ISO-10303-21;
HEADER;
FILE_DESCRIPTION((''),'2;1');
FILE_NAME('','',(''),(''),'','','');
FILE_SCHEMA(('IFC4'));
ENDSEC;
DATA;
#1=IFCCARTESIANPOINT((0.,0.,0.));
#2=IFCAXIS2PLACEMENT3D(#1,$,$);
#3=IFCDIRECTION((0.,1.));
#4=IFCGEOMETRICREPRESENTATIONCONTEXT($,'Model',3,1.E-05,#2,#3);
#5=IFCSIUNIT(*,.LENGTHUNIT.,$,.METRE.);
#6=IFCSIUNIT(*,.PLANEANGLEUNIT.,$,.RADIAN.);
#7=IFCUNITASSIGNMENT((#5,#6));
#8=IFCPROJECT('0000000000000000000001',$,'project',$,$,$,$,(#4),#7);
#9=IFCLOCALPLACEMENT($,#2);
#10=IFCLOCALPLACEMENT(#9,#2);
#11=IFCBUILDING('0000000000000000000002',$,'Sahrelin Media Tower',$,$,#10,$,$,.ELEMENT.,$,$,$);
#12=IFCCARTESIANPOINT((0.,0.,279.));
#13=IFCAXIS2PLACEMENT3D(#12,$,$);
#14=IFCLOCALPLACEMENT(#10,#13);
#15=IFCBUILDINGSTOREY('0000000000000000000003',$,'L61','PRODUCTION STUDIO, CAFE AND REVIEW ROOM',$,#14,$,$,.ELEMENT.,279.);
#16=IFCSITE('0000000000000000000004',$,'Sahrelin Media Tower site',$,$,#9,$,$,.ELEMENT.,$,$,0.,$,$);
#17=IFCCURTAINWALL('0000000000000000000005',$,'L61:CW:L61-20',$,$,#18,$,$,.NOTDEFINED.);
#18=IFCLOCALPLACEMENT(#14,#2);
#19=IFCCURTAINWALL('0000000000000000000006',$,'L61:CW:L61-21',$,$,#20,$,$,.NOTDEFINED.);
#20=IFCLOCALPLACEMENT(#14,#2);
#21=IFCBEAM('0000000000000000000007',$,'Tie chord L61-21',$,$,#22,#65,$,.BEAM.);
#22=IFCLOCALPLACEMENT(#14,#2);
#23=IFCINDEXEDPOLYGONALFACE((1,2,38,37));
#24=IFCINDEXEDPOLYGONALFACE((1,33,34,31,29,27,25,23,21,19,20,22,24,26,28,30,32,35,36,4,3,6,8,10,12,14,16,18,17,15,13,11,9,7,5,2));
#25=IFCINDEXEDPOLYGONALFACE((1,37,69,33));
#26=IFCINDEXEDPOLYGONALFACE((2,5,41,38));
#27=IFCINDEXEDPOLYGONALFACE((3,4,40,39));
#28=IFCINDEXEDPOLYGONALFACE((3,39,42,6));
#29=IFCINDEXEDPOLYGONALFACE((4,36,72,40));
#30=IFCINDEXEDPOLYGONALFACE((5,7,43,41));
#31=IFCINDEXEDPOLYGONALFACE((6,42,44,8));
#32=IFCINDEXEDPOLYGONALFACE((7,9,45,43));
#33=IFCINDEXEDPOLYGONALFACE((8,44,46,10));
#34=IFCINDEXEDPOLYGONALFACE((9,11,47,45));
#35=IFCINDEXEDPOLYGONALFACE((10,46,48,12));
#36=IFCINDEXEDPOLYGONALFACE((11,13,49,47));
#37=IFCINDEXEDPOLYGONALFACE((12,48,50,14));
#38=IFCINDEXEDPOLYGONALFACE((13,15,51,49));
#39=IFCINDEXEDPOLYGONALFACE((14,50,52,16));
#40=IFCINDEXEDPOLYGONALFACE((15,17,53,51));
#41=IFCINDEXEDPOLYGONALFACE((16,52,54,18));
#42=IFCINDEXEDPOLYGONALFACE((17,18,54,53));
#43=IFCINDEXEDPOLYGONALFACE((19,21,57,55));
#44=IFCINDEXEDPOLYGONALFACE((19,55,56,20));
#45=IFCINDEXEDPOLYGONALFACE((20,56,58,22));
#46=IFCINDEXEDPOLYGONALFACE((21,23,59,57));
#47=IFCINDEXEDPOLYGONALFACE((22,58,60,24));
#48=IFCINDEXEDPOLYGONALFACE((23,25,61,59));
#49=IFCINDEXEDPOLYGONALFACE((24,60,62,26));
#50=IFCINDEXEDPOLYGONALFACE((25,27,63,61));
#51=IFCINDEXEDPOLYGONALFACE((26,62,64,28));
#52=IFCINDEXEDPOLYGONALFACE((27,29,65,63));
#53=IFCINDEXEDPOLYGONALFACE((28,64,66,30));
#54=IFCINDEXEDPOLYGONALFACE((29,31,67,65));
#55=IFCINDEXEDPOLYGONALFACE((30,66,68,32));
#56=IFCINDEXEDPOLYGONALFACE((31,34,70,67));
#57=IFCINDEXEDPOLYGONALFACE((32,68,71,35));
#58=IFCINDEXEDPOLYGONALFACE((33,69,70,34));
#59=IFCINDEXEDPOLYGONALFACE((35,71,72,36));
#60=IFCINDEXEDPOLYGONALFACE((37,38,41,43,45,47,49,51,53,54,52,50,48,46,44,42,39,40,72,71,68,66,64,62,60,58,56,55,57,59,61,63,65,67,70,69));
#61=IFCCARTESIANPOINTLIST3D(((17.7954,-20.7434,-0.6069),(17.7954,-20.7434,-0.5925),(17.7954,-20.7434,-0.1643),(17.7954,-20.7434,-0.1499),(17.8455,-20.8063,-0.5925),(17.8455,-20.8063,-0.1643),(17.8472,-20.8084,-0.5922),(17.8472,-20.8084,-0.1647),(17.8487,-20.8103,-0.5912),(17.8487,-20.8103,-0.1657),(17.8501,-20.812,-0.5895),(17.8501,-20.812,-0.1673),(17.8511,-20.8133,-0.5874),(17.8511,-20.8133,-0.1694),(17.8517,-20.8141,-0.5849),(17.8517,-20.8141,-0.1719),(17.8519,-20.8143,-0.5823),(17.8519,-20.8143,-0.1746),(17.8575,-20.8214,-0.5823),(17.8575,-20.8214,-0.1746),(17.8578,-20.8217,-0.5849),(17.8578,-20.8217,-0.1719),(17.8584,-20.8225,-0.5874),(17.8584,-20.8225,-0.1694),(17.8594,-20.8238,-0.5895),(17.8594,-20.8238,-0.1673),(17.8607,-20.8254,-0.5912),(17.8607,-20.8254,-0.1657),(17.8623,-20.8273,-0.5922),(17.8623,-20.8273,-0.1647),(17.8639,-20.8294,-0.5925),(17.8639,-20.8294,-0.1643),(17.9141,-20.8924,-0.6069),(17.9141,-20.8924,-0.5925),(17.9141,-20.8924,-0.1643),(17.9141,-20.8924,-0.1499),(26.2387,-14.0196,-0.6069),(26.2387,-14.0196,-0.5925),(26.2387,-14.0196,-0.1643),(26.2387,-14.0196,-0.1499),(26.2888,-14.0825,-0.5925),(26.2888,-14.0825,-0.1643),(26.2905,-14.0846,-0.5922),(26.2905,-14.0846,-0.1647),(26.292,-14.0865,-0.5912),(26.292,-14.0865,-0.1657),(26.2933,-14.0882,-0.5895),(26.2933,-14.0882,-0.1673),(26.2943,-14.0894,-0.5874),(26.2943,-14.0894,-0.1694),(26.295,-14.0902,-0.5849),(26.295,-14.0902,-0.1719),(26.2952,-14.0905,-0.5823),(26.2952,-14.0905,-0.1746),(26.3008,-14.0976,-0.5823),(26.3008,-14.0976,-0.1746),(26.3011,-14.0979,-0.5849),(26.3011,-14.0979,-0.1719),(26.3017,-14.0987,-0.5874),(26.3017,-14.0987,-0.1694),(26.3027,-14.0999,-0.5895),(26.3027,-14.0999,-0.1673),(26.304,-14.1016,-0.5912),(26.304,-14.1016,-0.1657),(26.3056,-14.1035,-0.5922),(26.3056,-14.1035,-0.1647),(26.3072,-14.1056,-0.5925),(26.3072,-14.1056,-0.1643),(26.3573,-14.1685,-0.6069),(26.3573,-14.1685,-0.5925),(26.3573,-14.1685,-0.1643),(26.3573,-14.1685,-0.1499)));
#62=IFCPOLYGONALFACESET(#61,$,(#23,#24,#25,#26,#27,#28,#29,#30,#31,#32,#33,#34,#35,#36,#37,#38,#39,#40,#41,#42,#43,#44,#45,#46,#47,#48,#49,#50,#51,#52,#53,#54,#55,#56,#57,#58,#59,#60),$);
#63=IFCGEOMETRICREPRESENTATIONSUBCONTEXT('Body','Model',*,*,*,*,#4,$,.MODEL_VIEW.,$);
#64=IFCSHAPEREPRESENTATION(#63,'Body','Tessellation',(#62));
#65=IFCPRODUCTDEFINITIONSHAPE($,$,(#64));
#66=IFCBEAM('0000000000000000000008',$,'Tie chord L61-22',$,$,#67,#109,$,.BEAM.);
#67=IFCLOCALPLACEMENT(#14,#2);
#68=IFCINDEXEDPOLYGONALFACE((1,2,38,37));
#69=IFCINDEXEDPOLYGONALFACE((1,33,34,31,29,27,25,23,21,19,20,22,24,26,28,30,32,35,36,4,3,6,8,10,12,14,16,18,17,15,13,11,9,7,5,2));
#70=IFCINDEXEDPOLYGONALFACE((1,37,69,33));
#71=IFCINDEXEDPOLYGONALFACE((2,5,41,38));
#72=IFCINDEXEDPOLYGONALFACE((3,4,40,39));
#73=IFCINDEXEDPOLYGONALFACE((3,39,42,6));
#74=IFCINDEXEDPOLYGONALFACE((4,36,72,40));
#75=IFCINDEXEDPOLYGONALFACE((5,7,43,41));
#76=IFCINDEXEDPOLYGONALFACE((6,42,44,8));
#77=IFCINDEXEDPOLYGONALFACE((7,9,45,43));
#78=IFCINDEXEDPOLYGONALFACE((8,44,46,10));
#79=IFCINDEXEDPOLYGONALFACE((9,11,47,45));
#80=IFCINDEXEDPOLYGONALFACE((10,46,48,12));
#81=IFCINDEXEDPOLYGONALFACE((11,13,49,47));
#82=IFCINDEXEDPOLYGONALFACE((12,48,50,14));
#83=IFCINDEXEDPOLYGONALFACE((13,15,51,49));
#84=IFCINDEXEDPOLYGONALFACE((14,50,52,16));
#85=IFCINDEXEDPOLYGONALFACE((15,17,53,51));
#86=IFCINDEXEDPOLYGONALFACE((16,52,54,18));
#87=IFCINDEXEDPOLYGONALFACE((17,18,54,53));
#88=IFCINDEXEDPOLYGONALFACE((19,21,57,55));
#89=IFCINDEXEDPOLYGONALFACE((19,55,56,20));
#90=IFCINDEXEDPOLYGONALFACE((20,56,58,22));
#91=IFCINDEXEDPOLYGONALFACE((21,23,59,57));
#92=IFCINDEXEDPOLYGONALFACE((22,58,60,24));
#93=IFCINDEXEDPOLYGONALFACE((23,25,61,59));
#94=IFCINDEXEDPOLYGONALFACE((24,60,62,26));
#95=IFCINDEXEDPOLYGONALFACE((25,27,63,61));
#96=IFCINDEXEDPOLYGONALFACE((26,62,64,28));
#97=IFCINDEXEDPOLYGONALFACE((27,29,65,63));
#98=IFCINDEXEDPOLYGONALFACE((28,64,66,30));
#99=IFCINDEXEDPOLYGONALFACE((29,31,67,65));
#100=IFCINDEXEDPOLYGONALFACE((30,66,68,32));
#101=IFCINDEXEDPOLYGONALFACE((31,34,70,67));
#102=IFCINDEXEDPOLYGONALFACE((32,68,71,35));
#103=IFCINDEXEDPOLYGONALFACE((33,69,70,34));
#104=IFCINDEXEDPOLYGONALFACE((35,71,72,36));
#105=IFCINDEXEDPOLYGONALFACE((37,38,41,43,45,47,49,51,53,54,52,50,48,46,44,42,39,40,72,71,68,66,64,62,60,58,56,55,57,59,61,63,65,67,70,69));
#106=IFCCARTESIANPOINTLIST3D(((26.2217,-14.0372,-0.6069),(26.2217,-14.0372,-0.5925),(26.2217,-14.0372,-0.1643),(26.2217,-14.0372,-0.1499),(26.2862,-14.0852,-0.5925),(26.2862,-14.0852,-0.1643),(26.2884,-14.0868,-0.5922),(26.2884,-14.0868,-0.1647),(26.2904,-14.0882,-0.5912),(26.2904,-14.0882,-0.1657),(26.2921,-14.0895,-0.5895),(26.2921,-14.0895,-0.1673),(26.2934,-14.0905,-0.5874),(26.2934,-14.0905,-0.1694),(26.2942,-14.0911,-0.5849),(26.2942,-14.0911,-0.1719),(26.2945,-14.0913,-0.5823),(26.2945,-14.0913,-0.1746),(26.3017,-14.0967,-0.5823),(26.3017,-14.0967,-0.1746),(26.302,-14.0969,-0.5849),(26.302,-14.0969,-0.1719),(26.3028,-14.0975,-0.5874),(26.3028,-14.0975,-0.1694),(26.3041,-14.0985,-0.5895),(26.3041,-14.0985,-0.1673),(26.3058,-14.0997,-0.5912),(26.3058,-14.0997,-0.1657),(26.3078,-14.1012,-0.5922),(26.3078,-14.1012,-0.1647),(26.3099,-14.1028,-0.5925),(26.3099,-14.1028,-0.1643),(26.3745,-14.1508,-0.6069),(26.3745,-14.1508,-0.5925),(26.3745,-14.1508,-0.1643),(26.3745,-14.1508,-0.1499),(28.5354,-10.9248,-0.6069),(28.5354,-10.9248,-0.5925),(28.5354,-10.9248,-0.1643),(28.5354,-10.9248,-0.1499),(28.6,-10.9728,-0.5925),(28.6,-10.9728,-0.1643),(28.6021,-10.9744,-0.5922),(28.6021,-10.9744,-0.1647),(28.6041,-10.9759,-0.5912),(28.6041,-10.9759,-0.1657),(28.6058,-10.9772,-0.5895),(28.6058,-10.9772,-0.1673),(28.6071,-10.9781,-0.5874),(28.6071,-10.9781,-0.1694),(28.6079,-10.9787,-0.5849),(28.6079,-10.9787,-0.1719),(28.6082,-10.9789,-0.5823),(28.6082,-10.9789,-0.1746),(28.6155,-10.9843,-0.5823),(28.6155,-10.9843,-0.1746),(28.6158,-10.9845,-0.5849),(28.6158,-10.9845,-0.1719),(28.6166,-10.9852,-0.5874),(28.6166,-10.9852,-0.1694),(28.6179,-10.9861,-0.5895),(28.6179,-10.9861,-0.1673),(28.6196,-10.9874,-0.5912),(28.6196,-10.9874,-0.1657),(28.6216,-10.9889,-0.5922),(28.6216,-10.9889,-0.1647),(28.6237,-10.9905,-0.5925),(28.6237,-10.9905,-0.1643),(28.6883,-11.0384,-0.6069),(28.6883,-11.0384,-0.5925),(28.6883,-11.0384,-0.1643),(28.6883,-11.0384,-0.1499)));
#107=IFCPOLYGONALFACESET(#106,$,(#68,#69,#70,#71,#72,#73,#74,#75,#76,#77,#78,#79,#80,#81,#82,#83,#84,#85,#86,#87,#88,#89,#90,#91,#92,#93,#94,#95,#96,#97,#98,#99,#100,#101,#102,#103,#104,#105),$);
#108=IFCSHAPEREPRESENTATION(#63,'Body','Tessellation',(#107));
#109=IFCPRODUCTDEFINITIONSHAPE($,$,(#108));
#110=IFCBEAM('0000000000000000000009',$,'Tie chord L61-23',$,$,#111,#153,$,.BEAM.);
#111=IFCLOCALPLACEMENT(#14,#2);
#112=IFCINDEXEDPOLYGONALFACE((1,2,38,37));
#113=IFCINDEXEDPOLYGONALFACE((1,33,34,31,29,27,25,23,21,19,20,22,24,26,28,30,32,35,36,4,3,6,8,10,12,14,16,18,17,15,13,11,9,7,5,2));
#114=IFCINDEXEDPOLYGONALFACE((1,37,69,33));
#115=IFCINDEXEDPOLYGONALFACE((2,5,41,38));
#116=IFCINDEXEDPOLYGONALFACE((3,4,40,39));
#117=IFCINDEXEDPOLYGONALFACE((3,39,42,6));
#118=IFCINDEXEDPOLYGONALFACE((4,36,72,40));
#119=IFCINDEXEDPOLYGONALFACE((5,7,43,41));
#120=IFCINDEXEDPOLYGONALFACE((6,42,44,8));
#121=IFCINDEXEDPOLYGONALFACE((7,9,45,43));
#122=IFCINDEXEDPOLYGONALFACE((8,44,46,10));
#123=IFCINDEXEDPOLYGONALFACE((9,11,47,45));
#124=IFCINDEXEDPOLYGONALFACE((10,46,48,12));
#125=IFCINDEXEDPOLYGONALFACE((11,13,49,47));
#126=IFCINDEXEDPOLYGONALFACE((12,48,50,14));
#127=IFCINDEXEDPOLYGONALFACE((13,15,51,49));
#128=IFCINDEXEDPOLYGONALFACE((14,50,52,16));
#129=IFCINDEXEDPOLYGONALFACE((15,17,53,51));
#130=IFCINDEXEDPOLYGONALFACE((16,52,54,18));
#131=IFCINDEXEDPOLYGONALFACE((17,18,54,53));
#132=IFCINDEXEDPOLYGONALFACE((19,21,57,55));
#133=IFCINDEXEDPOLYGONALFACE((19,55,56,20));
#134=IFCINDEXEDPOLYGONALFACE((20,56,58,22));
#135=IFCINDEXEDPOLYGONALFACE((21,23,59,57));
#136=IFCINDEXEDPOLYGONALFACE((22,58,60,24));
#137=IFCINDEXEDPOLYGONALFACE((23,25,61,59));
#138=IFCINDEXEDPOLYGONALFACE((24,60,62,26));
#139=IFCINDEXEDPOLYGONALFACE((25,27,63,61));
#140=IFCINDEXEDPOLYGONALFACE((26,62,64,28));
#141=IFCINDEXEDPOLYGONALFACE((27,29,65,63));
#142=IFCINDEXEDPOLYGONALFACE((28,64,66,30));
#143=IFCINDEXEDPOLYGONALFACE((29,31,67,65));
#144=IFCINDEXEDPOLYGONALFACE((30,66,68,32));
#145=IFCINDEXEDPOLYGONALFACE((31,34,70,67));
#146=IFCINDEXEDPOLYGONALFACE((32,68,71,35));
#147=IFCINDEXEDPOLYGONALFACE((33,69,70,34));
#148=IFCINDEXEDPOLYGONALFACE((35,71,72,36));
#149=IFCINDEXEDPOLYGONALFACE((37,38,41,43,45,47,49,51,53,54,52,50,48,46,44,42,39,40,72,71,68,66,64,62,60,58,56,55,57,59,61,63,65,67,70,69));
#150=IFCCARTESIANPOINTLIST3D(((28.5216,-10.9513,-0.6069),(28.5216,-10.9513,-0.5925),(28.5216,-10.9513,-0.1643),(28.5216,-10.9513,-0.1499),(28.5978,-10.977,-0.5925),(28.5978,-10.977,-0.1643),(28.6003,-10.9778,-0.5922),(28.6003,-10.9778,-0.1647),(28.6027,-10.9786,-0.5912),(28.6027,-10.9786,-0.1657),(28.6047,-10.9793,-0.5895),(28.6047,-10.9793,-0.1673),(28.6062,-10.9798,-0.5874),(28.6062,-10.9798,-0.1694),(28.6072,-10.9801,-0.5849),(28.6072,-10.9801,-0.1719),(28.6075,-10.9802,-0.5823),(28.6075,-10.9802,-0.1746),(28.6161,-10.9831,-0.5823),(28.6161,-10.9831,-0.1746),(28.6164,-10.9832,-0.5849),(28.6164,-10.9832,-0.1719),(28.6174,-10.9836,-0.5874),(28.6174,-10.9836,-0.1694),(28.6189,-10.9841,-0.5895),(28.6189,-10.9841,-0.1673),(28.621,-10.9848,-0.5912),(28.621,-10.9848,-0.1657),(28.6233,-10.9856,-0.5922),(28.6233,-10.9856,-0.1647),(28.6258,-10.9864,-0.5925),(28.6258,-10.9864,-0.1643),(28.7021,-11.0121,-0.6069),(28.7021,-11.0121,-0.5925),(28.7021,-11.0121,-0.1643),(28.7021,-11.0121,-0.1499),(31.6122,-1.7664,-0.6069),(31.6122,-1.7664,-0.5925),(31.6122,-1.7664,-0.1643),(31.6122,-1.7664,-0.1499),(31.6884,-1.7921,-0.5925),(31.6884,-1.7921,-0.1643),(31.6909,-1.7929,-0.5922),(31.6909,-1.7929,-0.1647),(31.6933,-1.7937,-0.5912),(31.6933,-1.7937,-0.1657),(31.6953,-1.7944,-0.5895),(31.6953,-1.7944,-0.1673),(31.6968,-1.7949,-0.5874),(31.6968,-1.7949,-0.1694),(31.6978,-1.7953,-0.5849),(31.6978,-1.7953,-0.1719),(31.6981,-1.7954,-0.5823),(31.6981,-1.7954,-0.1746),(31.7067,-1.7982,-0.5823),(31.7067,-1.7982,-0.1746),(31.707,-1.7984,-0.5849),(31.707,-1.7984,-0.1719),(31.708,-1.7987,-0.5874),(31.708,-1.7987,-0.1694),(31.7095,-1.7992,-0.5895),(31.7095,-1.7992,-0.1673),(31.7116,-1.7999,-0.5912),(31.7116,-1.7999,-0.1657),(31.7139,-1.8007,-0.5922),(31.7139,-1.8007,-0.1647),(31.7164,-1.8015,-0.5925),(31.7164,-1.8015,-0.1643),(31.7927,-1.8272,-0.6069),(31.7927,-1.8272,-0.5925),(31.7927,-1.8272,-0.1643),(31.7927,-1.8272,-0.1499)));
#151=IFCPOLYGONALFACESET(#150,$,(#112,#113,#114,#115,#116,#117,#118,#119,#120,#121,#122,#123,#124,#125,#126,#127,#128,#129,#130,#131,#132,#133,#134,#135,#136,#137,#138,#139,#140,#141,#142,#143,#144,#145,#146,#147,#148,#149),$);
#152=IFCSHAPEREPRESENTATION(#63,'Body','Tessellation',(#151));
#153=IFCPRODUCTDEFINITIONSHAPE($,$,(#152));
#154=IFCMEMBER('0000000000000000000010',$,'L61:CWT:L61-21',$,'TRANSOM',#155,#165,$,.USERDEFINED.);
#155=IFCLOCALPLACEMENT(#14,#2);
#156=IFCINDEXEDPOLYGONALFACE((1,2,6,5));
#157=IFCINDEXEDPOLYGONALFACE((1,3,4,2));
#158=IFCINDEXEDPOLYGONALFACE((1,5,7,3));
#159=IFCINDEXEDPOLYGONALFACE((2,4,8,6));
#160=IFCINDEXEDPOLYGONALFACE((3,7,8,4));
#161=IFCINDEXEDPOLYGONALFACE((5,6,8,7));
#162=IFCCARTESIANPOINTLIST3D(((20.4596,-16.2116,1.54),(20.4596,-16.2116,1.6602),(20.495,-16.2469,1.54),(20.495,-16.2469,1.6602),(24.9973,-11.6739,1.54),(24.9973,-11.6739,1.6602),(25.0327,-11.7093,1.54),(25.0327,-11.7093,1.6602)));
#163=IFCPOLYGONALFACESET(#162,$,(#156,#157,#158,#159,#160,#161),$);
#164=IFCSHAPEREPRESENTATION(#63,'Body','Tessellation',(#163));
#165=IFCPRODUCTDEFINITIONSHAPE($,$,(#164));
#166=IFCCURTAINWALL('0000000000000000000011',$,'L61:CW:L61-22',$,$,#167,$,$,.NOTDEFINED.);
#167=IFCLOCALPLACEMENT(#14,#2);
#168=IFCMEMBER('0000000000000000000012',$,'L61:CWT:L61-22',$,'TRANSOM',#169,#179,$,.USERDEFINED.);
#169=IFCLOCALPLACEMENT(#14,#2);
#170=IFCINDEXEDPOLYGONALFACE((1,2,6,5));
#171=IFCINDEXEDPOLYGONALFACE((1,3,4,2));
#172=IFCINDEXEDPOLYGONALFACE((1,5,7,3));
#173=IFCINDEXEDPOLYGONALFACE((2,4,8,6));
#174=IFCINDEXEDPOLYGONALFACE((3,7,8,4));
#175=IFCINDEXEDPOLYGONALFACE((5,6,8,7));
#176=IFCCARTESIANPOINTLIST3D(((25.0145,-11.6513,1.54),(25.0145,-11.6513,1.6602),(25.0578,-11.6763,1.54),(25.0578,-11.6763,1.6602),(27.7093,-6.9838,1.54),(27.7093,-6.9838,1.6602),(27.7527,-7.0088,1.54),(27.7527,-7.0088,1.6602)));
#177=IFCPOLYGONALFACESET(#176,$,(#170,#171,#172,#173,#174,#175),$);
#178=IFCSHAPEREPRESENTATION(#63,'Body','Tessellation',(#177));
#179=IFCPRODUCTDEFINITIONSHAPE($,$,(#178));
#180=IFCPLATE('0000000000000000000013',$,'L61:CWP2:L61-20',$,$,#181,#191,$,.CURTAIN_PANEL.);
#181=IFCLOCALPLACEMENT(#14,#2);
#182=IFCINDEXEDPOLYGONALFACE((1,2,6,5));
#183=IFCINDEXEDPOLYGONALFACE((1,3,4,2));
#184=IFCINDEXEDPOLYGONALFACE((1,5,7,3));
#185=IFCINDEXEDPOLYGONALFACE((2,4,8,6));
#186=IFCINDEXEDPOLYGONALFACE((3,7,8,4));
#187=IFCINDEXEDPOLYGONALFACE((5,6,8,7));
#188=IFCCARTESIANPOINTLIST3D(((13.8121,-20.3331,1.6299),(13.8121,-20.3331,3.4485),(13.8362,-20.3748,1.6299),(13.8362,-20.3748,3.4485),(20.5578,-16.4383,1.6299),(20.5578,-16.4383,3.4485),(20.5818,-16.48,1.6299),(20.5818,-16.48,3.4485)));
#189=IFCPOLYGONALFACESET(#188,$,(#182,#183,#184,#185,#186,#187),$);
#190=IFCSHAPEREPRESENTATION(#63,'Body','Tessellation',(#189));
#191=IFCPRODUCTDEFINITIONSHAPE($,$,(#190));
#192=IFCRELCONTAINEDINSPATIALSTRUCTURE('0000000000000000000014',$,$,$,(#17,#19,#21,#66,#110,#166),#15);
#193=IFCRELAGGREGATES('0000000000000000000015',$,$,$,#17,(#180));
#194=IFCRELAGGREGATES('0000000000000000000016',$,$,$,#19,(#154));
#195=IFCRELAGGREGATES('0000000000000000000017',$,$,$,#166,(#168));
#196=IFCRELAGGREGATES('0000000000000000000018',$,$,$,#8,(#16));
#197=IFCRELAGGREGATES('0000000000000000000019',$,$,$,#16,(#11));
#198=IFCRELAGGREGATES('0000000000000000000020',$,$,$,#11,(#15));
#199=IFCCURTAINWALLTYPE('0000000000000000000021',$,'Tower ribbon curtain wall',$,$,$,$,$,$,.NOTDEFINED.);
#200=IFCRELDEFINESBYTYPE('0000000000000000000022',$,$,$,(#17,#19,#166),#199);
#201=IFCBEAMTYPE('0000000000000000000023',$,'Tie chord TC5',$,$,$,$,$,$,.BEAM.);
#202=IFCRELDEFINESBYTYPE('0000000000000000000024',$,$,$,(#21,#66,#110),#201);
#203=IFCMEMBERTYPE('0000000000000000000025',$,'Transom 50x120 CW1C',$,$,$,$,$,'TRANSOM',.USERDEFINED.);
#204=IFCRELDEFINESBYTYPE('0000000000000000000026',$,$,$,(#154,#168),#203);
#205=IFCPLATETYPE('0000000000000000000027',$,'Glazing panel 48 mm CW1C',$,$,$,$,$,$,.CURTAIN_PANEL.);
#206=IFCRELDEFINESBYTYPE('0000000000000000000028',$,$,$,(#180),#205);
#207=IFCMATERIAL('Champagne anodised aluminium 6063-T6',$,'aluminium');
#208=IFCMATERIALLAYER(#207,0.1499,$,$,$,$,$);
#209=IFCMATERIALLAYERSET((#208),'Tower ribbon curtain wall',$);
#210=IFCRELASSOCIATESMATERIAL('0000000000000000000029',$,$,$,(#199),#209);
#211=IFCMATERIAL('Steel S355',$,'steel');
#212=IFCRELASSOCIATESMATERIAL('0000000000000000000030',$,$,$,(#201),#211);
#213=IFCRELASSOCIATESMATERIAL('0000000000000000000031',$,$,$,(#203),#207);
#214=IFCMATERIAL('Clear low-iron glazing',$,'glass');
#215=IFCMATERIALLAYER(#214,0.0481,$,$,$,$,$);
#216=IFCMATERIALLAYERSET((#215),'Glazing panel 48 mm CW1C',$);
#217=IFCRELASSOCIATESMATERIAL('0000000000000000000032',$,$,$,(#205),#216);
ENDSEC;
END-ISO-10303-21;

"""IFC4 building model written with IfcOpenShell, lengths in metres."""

from ifc_helpers import new_model, si_unit, direction, frame, origin, origin_2d, place, context, subcontext, project, spatial, polyline, rectangle, i_section, outline, extrude, material, layer, layer_set, material_profile, profile_set, type_object, element, aggregate, save


model = new_model("IFC4")

# Units and contexts
model_context = context("Model", 3, precision=1e-05, world=origin(), true_north=direction((0.0, 1.0)))
body_context = subcontext(model_context, "Body", "Model", "MODEL_VIEW")
ifc_project = project(units=[si_unit("LENGTHUNIT", "METRE"), si_unit("PLANEANGLEUNIT", "RADIAN")], contexts=[model_context])

# Site, building, storey
site_placement = place(None, origin())
site = spatial("IfcSite", under=ifc_project, at=site_placement, Name="Sahrelin Media Tower site", CompositionType="ELEMENT", RefElevation=0.0)
building_placement = place(site_placement, origin())
building = spatial("IfcBuilding", under=site, at=building_placement, Name="Sahrelin Media Tower", CompositionType="ELEMENT")
storey_placement = place(building_placement, frame((0.0, 0.0, 279.0)))
storey = spatial("IfcBuildingStorey", under=building, at=storey_placement, Name="L61", Description="PRODUCTION STUDIO, CAFE AND REVIEW ROOM", CompositionType="ELEMENT", Elevation=279.0)

# Shared definitions
ifc_material_1 = material(Name="Steel S355", Category="steel")

# Curtain walls
ifc_material_2 = material(Name="Champagne anodised aluminium 6063-T6", Category="aluminium")
ifc_layer_1 = layer(ifc_material_2, 0.1499)
ifc_layer_set_1 = layer_set([ifc_layer_1], Name="Tower ribbon curtain wall")
curtain_wall_type = type_object("IfcCurtainWallType", Name="Tower ribbon curtain wall", PredefinedType="NOTDEFINED", material=ifc_layer_set_1)
curtain_wall_1_placement = place(storey_placement, frame((17.199, -18.4102, 0.0), z_axis=(0.0, 0.0, 1.0), x_axis=(1.0, 0.0, 0.0)))
curtain_wall_1 = element("IfcCurtainWall", 1, at=curtain_wall_1_placement, inside=storey, type_object=curtain_wall_type, Name="L61:CW:L61-20", PredefinedType="NOTDEFINED")
curtain_wall_2_placement = place(storey_placement, frame((22.9192, -14.1338, 0.0), z_axis=(0.0, 0.0, 1.0), x_axis=(1.0, 0.0, 0.0)))
curtain_wall_2 = element("IfcCurtainWall", 2, at=curtain_wall_2_placement, inside=storey, type_object=curtain_wall_type, Name="L61:CW:L61-21", PredefinedType="NOTDEFINED")

# Beams
ifc_material_profile_1 = material_profile(ifc_material_1, i_section(OverallWidth=0.1904, OverallDepth=0.457, WebThickness=0.009, FlangeThickness=0.0144, FilletRadius=0.0103, at=origin_2d()), Name="UB 457x191x74")
ifc_profile_set_1 = profile_set([ifc_material_profile_1], Name="Steel S355")
beam_type_1 = type_object("IfcBeamType", Name="Tie chord TC5", PredefinedType="BEAM", material=ifc_profile_set_1)
beam_1_placement = place(storey_placement, frame((17.8547, -20.8179, -0.3784), z_axis=(0.782259, 0.622953, 0.0), x_axis=(-0.622953, 0.782259, 0.0)))
element("IfcBeam", 3, at=beam_1_placement, inside=storey, type_object=beam_type_1, Name="Tie chord L61-21", PredefinedType="BEAM", context=body_context, shape_type="SweptSolid", body=[
    extrude(i_section(OverallWidth=0.1904, OverallDepth=0.457, WebThickness=0.009, FlangeThickness=0.0144, FilletRadius=0.0103, at=origin_2d()), origin(), (0.0, 0.0, 1.0), 10.7935),
])
beam_2_placement = place(storey_placement, frame((26.2981, -14.094, -0.3784), z_axis=(0.59661, 0.802531, 0.0), x_axis=(-0.802531, 0.59661, 0.0)))
element("IfcBeam", 4, at=beam_2_placement, inside=storey, type_object=beam_type_1, Name="Tie chord L61-22", PredefinedType="BEAM", context=body_context, shape_type="SweptSolid", body=[
    extrude(i_section(OverallWidth=0.1904, OverallDepth=0.457, WebThickness=0.009, FlangeThickness=0.0144, FilletRadius=0.0103, at=origin_2d()), origin(), (0.0, 0.0, 1.0), 3.8782),
])
beam_3_placement = place(storey_placement, frame((28.6118, -10.9817, -0.3784), z_axis=(0.318917, 0.947783, 0.0), x_axis=(-0.947783, 0.318917, 0.0)))
element("IfcBeam", 5, at=beam_3_placement, inside=storey, type_object=beam_type_1, Name="Tie chord L61-23", PredefinedType="BEAM", context=body_context, shape_type="SweptSolid", body=[
    extrude(i_section(OverallWidth=0.1904, OverallDepth=0.457, WebThickness=0.009, FlangeThickness=0.0144, FilletRadius=0.0103, at=origin_2d()), origin(), (0.0, 0.0, 1.0), 9.6909),
])

# Member
ifc_material_profile_2 = material_profile(ifc_material_2, rectangle(XDim=0.05, YDim=0.1201, at=origin_2d()), Name="Transom 50x120")
ifc_profile_set_2 = profile_set([ifc_material_profile_2], Name="Champagne anodised aluminium 6063-T6")
member_type_1 = type_object("IfcMemberType", Name="Transom 50x120 CW1C", ElementType="TRANSOM", PredefinedType="USERDEFINED", material=ifc_profile_set_2)
member_1_placement = place(storey_placement, frame((20.4773, -16.2292, 1.6001), z_axis=(0.707107, 0.707107, 0.0), x_axis=(-0.707107, 0.707107, 0.0)))
member_1 = element("IfcMember", 6, at=member_1_placement, type_object=member_type_1, Name="L61:CWT:L61-21", ObjectType="TRANSOM", PredefinedType="USERDEFINED", context=body_context, shape_type="SweptSolid", body=[
    extrude(rectangle(XDim=0.05, YDim=0.1201, at=origin_2d()), origin(), (0.0, 0.0, 1.0), 6.4172),
])

# Curtain wall, member
curtain_wall_3_placement = place(storey_placement, frame((26.5957, -9.4524, 0.0), z_axis=(0.0, 0.0, 1.0), x_axis=(1.0, 0.0, 0.0)))
curtain_wall_3 = element("IfcCurtainWall", 7, at=curtain_wall_3_placement, inside=storey, type_object=curtain_wall_type, Name="L61:CW:L61-22", PredefinedType="NOTDEFINED")
member_2_placement = place(storey_placement, frame((25.0361, -11.6638, 1.6001), z_axis=(0.500007, 0.866021, 0.0), x_axis=(-0.866021, 0.500007, 0.0)))
member_2 = element("IfcMember", 8, at=member_2_placement, type_object=member_type_1, Name="L61:CWT:L61-22", ObjectType="TRANSOM", PredefinedType="USERDEFINED", context=body_context, shape_type="SweptSolid", body=[
    extrude(rectangle(XDim=0.05, YDim=0.1201, at=origin_2d()), origin(), (0.0, 0.0, 1.0), 5.3896),
])

# Plate
ifc_material_3 = material(Name="Clear low-iron glazing", Category="glass")
ifc_layer_2 = layer(ifc_material_3, 0.0481)
ifc_layer_set_2 = layer_set([ifc_layer_2], Name="Glazing panel 48 mm CW1C")
plate_type_1 = type_object("IfcPlateType", Name="Glazing panel 48 mm CW1C", PredefinedType="CURTAIN_PANEL", material=ifc_layer_set_2)
plate_1_placement = place(storey_placement, frame((13.8362, -20.3748, 1.6299), z_axis=(0.500019, -0.866014, 0.0), x_axis=(0.866014, 0.500019, 0.0)))
plate_1 = element("IfcPlate", 9, at=plate_1_placement, type_object=plate_type_1, Name="L61:CWP2:L61-20", PredefinedType="CURTAIN_PANEL", context=body_context, shape_type="SweptSolid", body=[
    extrude(outline(polyline([(0.0, 0.0), (7.7893, 0.0), (7.7893, 1.8186), (0.0, 1.8186), (0.0, 0.0)])), origin(), (0.0, 0.0, -1.0), 0.0481),
])
aggregate(curtain_wall_1, [plate_1])
aggregate(curtain_wall_2, [member_1])
aggregate(curtain_wall_3, [member_2])

save(model, "model.ifc")
